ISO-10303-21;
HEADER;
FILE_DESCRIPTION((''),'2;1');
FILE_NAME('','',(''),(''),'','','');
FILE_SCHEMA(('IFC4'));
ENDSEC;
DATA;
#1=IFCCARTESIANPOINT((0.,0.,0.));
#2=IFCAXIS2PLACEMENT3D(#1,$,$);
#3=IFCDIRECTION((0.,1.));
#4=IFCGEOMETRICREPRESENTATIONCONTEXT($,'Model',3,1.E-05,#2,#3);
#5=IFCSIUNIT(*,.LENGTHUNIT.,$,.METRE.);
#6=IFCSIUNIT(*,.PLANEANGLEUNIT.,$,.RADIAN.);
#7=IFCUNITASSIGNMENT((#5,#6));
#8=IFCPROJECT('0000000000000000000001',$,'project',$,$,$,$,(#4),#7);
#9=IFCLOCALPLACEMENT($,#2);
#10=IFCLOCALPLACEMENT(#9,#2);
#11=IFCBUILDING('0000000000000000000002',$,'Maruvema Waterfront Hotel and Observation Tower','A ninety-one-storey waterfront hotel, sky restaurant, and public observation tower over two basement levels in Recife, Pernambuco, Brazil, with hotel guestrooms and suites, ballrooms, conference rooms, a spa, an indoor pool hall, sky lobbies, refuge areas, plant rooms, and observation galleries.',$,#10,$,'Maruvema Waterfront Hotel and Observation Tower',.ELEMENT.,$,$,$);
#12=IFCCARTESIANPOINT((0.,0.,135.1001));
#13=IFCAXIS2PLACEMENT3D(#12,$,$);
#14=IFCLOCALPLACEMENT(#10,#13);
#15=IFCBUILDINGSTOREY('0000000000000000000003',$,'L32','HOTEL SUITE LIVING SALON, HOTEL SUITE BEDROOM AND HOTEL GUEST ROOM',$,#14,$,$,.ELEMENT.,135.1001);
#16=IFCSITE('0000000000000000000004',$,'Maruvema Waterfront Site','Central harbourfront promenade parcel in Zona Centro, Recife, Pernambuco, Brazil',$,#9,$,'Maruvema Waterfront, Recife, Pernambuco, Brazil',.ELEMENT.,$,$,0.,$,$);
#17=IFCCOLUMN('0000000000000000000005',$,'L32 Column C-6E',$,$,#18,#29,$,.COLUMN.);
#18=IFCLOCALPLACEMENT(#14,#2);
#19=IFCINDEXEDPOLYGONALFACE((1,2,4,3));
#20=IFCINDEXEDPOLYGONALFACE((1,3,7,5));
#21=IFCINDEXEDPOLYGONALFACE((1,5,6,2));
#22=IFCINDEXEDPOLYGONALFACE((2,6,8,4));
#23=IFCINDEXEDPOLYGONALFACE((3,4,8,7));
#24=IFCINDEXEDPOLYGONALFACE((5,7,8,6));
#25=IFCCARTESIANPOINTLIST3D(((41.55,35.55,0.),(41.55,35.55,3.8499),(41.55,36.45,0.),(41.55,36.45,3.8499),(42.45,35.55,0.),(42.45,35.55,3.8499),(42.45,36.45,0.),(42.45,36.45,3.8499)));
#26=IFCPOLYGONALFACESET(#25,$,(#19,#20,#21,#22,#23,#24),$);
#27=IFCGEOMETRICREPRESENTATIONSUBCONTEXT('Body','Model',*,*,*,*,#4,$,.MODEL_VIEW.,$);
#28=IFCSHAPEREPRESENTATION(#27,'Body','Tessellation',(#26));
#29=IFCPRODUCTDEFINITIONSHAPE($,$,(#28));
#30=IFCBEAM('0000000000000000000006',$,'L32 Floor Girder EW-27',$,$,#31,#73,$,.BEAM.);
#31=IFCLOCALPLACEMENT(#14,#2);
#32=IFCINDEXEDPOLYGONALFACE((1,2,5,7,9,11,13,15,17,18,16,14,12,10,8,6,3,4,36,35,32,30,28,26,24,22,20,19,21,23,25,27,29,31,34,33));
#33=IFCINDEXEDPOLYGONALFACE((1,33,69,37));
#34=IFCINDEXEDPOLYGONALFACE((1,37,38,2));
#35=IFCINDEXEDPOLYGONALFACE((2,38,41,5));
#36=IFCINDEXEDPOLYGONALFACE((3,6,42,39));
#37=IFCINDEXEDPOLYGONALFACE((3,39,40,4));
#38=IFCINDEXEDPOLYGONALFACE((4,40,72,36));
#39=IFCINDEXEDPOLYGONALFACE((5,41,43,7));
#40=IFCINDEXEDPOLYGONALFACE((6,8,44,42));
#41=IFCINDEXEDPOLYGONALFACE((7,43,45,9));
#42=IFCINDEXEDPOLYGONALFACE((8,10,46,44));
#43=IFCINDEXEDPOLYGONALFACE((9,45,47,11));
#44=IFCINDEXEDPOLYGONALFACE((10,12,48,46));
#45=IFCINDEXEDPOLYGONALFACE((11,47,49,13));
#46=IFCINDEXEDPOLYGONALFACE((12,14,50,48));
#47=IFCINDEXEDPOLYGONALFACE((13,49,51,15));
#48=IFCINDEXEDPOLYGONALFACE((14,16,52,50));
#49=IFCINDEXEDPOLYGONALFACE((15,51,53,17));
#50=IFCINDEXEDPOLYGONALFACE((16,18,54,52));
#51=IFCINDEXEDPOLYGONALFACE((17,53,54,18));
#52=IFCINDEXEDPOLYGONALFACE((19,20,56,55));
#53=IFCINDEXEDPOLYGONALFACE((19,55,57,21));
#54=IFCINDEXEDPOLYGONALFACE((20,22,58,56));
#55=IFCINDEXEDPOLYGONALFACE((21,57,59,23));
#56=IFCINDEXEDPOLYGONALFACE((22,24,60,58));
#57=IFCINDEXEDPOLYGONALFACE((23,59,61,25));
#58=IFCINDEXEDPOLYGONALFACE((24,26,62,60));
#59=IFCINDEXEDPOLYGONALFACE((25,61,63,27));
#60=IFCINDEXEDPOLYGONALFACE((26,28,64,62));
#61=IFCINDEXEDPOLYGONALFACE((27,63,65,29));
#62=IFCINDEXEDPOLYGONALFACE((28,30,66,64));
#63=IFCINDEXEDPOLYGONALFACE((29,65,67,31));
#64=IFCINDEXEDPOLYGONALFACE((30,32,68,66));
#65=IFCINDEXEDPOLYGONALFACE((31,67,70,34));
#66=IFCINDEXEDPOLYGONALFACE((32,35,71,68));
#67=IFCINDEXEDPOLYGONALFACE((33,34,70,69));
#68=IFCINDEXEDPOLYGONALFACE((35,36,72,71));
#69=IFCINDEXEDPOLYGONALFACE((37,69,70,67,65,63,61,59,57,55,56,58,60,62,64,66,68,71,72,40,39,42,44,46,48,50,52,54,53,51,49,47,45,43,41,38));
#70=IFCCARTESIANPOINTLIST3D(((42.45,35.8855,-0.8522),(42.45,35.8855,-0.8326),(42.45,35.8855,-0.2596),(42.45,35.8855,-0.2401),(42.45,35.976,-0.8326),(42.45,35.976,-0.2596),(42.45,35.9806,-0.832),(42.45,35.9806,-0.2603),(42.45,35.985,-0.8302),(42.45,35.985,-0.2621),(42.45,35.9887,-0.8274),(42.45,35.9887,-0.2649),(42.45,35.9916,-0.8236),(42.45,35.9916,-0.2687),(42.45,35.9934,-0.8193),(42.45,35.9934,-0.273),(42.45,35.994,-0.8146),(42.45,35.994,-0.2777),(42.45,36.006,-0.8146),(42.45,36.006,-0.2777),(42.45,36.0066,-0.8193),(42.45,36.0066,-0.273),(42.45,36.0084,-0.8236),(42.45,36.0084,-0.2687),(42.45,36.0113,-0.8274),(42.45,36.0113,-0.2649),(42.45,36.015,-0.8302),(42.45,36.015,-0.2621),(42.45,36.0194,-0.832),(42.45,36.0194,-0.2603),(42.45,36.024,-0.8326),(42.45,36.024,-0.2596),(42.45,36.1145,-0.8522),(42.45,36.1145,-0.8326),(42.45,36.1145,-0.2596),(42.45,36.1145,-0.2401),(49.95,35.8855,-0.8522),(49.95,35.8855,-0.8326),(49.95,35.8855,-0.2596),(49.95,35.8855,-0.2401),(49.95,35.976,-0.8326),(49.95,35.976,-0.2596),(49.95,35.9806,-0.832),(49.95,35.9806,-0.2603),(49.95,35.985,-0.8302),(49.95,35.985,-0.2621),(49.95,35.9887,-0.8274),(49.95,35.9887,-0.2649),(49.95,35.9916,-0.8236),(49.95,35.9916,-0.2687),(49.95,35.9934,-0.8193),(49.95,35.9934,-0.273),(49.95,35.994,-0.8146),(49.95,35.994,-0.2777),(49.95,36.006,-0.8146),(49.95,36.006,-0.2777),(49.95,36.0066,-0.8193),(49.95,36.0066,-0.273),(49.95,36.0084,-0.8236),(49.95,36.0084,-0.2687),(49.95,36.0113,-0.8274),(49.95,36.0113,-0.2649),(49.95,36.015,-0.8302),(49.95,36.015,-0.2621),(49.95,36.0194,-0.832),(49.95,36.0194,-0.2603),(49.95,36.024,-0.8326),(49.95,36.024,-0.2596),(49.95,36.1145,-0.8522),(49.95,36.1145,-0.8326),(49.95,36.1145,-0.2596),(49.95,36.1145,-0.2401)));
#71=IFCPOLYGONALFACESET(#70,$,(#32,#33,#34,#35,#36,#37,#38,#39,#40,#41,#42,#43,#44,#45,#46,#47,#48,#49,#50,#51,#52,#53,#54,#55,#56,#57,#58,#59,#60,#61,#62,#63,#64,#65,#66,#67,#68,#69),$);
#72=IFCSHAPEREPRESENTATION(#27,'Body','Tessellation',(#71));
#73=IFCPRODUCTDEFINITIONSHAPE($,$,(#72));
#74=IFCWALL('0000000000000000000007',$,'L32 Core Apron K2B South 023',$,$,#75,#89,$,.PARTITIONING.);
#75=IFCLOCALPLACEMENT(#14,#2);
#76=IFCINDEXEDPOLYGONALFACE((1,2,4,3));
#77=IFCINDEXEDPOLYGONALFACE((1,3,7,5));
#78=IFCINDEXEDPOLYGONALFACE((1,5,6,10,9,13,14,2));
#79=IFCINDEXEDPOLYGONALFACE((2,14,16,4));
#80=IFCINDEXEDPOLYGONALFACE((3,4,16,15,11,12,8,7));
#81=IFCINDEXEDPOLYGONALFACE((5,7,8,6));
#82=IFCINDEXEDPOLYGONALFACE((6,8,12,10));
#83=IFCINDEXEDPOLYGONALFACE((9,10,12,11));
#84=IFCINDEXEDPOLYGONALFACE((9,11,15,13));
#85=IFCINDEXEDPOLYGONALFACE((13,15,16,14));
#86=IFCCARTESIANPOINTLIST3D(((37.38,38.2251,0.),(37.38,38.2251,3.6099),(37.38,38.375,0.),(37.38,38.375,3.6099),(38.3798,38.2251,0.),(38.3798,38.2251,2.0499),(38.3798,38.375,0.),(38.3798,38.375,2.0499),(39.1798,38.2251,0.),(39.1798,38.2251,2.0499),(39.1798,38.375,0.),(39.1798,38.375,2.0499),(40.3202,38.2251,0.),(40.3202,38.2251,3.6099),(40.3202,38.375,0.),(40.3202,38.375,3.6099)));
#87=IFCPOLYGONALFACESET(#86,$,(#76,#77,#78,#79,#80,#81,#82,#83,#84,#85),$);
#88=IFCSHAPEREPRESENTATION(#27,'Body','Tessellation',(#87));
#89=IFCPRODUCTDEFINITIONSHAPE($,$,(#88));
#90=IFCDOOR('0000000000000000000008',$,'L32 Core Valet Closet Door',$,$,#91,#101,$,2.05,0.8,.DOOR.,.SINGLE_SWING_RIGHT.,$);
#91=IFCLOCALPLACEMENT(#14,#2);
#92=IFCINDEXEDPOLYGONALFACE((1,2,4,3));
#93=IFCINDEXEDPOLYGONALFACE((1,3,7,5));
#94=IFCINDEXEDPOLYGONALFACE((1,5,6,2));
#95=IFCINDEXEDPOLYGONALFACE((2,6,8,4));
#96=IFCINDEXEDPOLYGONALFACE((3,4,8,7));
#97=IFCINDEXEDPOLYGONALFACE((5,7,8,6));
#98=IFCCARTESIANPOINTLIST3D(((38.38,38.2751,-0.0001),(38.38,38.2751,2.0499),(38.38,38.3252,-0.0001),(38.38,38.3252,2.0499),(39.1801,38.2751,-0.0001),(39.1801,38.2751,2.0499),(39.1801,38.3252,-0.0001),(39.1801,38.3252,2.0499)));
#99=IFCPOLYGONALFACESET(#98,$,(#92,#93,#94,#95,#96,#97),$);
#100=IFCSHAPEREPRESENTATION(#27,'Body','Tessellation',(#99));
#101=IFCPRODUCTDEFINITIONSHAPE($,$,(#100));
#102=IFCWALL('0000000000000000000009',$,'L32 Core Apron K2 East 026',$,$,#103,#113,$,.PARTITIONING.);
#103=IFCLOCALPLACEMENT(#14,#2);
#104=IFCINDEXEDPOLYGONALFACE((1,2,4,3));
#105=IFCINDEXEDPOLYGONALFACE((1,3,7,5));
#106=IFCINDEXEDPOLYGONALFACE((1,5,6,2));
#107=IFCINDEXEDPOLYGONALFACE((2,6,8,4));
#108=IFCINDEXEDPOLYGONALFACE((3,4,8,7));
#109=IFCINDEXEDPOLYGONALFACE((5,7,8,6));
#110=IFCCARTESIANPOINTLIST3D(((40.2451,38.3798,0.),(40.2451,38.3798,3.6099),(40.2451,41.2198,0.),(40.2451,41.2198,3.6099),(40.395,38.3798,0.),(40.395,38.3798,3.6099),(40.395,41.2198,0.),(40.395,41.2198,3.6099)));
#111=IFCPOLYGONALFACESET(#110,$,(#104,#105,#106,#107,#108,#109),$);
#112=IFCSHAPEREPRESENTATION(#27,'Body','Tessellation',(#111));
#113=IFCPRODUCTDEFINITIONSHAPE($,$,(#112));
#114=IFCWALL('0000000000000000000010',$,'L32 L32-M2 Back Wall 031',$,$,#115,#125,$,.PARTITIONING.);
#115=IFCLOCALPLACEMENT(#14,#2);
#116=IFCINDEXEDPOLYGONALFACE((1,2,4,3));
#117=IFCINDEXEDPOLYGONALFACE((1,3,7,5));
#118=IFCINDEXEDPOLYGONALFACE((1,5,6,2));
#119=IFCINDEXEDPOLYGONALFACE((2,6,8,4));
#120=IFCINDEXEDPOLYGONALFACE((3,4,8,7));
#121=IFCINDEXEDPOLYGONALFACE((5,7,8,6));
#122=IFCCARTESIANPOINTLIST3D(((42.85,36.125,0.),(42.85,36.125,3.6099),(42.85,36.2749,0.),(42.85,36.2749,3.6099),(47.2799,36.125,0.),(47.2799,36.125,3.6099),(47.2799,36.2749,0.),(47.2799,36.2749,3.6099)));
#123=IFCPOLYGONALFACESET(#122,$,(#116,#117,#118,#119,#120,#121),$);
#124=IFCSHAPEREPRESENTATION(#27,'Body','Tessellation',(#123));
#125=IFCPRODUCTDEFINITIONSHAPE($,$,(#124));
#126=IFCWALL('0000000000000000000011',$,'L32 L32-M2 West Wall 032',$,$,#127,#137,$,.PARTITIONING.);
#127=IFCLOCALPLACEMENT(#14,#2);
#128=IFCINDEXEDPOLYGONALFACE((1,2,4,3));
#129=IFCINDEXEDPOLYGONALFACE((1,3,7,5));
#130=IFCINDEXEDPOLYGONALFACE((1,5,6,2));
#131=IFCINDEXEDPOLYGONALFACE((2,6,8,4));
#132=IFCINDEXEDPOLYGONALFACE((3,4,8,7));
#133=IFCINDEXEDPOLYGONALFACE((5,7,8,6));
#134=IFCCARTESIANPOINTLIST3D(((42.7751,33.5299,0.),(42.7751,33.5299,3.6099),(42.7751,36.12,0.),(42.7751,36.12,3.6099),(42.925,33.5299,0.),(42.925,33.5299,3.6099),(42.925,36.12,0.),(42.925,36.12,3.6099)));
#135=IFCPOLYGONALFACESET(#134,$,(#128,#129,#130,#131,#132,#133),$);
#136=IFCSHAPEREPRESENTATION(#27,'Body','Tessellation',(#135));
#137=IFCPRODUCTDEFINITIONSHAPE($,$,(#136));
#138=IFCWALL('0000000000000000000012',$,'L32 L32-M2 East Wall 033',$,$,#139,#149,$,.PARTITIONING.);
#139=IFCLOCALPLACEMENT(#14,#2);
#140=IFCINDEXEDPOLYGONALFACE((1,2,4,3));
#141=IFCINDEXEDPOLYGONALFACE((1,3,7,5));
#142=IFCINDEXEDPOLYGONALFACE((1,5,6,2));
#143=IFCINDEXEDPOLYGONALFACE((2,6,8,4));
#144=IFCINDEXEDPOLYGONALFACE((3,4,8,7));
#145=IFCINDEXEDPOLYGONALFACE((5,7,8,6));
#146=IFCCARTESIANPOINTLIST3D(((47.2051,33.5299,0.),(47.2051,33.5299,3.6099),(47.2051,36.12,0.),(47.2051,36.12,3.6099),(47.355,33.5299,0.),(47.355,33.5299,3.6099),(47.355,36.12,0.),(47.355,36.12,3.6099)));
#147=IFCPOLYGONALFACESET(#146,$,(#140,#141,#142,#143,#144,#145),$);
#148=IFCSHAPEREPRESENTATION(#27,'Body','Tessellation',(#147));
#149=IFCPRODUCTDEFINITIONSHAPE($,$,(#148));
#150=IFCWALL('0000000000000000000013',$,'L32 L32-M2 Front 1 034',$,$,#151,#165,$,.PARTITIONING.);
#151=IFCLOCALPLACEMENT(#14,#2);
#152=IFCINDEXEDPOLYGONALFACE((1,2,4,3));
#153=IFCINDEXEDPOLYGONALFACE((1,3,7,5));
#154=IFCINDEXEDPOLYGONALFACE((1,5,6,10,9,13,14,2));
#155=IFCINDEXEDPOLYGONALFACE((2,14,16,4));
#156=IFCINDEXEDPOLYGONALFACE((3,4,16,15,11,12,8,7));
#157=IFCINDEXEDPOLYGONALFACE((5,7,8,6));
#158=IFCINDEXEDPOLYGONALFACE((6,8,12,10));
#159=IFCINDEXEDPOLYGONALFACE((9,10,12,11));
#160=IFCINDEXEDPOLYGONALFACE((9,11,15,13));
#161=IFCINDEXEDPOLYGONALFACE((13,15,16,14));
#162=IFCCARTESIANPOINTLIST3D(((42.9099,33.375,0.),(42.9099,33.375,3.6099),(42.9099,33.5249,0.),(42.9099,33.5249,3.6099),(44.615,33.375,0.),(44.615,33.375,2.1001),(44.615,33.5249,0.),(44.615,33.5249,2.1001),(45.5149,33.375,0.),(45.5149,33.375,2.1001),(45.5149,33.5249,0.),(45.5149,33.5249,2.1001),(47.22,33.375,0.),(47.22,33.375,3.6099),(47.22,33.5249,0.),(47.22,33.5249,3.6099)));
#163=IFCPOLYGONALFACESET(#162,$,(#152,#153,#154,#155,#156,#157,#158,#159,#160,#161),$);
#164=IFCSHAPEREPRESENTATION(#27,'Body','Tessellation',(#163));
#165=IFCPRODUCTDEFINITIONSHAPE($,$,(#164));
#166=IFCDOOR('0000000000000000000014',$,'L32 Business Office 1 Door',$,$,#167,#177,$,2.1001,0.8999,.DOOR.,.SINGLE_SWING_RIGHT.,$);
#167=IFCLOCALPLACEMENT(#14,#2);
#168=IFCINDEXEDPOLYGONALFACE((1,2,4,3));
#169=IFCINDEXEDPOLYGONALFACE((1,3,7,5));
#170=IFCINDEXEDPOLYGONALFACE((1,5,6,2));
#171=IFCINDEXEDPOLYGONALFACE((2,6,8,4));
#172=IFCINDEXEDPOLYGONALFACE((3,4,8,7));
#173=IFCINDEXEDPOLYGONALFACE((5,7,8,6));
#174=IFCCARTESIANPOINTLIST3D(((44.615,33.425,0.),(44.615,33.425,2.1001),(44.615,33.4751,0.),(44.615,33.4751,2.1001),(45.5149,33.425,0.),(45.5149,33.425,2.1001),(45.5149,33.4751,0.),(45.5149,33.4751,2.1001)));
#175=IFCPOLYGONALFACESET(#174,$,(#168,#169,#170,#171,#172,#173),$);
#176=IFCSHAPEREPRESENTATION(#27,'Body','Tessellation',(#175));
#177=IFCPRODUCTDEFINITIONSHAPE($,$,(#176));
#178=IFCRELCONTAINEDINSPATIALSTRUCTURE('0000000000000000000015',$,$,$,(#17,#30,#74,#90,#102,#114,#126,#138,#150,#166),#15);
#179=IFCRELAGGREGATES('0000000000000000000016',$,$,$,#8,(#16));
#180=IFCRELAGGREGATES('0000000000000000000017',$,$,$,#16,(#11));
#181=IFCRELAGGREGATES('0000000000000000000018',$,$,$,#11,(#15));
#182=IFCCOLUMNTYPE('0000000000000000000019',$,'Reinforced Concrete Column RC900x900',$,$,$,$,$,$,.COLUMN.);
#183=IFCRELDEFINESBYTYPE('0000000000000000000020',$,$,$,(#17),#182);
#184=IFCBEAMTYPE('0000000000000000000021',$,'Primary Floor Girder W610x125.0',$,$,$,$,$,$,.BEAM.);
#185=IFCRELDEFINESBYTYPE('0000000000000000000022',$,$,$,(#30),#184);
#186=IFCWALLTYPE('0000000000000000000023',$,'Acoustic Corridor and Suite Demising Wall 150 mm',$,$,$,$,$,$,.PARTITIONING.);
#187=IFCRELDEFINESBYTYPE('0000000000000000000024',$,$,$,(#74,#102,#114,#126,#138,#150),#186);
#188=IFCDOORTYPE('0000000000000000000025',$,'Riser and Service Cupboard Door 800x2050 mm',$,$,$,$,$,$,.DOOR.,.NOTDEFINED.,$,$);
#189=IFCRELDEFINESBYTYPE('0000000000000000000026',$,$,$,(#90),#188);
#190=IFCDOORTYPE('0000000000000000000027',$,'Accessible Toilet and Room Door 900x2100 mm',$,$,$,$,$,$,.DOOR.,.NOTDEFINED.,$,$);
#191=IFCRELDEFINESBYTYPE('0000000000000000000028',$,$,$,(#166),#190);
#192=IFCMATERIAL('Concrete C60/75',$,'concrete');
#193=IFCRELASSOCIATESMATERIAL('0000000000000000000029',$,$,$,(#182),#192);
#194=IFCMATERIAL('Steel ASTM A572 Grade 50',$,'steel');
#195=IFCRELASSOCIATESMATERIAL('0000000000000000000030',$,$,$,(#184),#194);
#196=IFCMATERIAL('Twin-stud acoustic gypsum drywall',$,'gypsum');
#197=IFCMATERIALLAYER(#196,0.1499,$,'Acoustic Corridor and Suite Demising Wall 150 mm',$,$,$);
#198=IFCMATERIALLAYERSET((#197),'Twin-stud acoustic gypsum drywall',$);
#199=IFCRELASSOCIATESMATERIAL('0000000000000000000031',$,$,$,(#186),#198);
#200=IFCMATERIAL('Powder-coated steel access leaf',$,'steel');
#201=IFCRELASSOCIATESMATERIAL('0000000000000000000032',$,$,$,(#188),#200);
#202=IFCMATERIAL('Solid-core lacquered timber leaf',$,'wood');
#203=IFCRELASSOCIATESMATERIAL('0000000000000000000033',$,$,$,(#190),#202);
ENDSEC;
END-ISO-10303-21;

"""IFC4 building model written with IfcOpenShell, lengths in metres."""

from ifc_helpers import new_model, si_unit, direction, frame, frame_2d, origin, origin_2d, place, context, subcontext, project, spatial, rectangle, i_section, extrude, material, layer, layer_set, material_profile, profile_set, type_object, element, fill, save


model = new_model("IFC4")

# Units and contexts
model_context = context("Model", 3, precision=1e-05, world=origin(), true_north=direction((0.0, 1.0)))
body_context = subcontext(model_context, "Body", "Model", "MODEL_VIEW")
ifc_project = project(units=[si_unit("LENGTHUNIT", "METRE"), si_unit("PLANEANGLEUNIT", "RADIAN")], contexts=[model_context])

# Site, building, storey
site_placement = place(None, origin())
site = spatial("IfcSite", under=ifc_project, at=site_placement, Name="Maruvema Waterfront Site", Description="Central harbourfront promenade parcel in Zona Centro, Recife, Pernambuco, Brazil", LongName="Maruvema Waterfront, Recife, Pernambuco, Brazil", CompositionType="ELEMENT", RefElevation=0.0)
building_placement = place(site_placement, origin())
building = spatial("IfcBuilding", under=site, at=building_placement, Name="Maruvema Waterfront Hotel and Observation Tower", Description="A ninety-one-storey waterfront hotel, sky restaurant, and public observation tower over two basement levels in Recife, Pernambuco, Brazil, with hotel guestrooms and suites, ballrooms, conference rooms, a spa, an indoor pool hall, sky lobbies, refuge areas, plant rooms, and observation galleries.", LongName="Maruvema Waterfront Hotel and Observation Tower", CompositionType="ELEMENT")
storey_placement = place(building_placement, frame((0.0, 0.0, 135.1001)))
storey = spatial("IfcBuildingStorey", under=building, at=storey_placement, Name="L32", Description="HOTEL SUITE LIVING SALON, HOTEL SUITE BEDROOM AND HOTEL GUEST ROOM", CompositionType="ELEMENT", Elevation=135.1001)

# Column
ifc_material_1 = material(Name="Concrete C60/75", Category="concrete")
ifc_material_profile_1 = material_profile(ifc_material_1, rectangle(XDim=0.8999, YDim=0.8999, at=origin_2d()), Name="RC900x900")
ifc_profile_set_1 = profile_set([ifc_material_profile_1], Name="Concrete C60/75")
column_type = type_object("IfcColumnType", Name="Reinforced Concrete Column RC900x900", PredefinedType="COLUMN", material=ifc_profile_set_1)
column_placement = place(storey_placement, frame((42.0, 36.0, 0.0), z_axis=(0.0, 0.0, 1.0), x_axis=(1.0, 0.0, 0.0)))
element("IfcColumn", 1, at=column_placement, inside=storey, type_object=column_type, Name="L32 Column C-6E", PredefinedType="COLUMN", context=body_context, shape_type="SweptSolid", body=[
    extrude(rectangle(XDim=0.8999, YDim=0.8999, at=origin_2d()), origin(), (0.0, 0.0, 1.0), 3.8499),
])

# Beam
ifc_material_2 = material(Name="Steel ASTM A572 Grade 50", Category="steel")
ifc_material_profile_2 = material_profile(ifc_material_2, i_section(OverallWidth=0.229, OverallDepth=0.6121, WebThickness=0.012, FlangeThickness=0.0195, FilletRadius=0.0181, at=origin_2d()), Name="W610x125.0")
ifc_profile_set_2 = profile_set([ifc_material_profile_2], Name="Steel ASTM A572 Grade 50")
beam_type = type_object("IfcBeamType", Name="Primary Floor Girder W610x125.0", PredefinedType="BEAM", material=ifc_profile_set_2)
beam_placement = place(storey_placement, frame((42.45, 36.0, -0.5461), z_axis=(1.0, 0.0, 0.0), x_axis=(0.0, 1.0, 0.0)))
element("IfcBeam", 2, at=beam_placement, inside=storey, type_object=beam_type, Name="L32 Floor Girder EW-27", PredefinedType="BEAM", context=body_context, shape_type="SweptSolid", body=[
    extrude(i_section(OverallWidth=0.229, OverallDepth=0.6121, WebThickness=0.012, FlangeThickness=0.0195, FilletRadius=0.0181, at=origin_2d()), origin(), (0.0, 0.0, 1.0), 7.5),
])

# Wall, opening, door
ifc_material_3 = material(Name="Twin-stud acoustic gypsum drywall", Category="gypsum")
ifc_layer_1 = layer(ifc_material_3, 0.1499, Name="Acoustic Corridor and Suite Demising Wall 150 mm")
ifc_layer_set_1 = layer_set([ifc_layer_1], Name="Twin-stud acoustic gypsum drywall")
wall_type_1 = type_object("IfcWallType", Name="Acoustic Corridor and Suite Demising Wall 150 mm", PredefinedType="PARTITIONING", material=ifc_layer_set_1)
wall_1_placement = place(storey_placement, frame((37.3799, 38.3, 0.0), z_axis=(0.0, 0.0, 1.0), x_axis=(1.0, 0.0, 0.0)))
wall_1 = element("IfcWall", 3, at=wall_1_placement, inside=storey, type_object=wall_type_1, Name="L32 Core Apron K2B South 023", PredefinedType="PARTITIONING", context=body_context, shape_type="SweptSolid", body=[
    extrude(rectangle(XDim=2.9402, YDim=0.1499, at=frame_2d((1.4702, 0.0))), origin(), (0.0, 0.0, 1.0), 3.6099),
])
opening_1_placement = place(wall_1_placement, frame((1.0, 0.0, 0.0)))
opening_1 = element("IfcOpeningElement", 4, at=opening_1_placement, cuts=wall_1, PredefinedType="OPENING", context=body_context, shape_type="SweptSolid", body=[
    extrude(rectangle(XDim=0.8, YDim=2.05, at=frame_2d((0.3999, 1.0249))), frame((0.0, 0.085, 0.0), z_axis=(0.0, -1.0, 0.0), x_axis=(1.0, 0.0, 0.0)), (0.0, 0.0, 1.0), 0.1699),
])
ifc_material_4 = material(Name="Powder-coated steel access leaf", Category="steel")
door_type_1 = type_object("IfcDoorType", Name="Riser and Service Cupboard Door 800x2050 mm", OperationType="NOTDEFINED", PredefinedType="DOOR", material=ifc_material_4)
door_1_placement = place(opening_1_placement, frame((0.8, 0.0, 0.0), z_axis=(0.0, 0.0, 1.0), x_axis=(-1.0, 0.0, 0.0)))
door_1 = element("IfcDoor", 5, at=door_1_placement, inside=storey, type_object=door_type_1, Name="L32 Core Valet Closet Door", OperationType="SINGLE_SWING_RIGHT", OverallHeight=2.05, OverallWidth=0.8, PredefinedType="DOOR", context=body_context, shape_type="SweptSolid", body=[
    extrude(rectangle(XDim=0.8, YDim=2.05, at=frame_2d((0.3999, 1.0249))), frame((0.0, 0.0249, 0.0), z_axis=(0.0, -1.0, 0.0), x_axis=(1.0, 0.0, 0.0)), (0.0, 0.0, 1.0), 0.05),
])
fill(opening_1, door_1)

# Walls
wall_2_placement = place(storey_placement, frame((40.3201, 38.3799, 0.0), z_axis=(0.0, 0.0, 1.0), x_axis=(0.0, 1.0, 0.0)))
element("IfcWall", 6, at=wall_2_placement, inside=storey, type_object=wall_type_1, Name="L32 Core Apron K2 East 026", PredefinedType="PARTITIONING", context=body_context, shape_type="SweptSolid", body=[
    extrude(rectangle(XDim=2.8401, YDim=0.1499, at=frame_2d((1.4199, 0.0))), origin(), (0.0, 0.0, 1.0), 3.6099),
])
wall_3_placement = place(storey_placement, frame((42.8501, 36.2, 0.0), z_axis=(0.0, 0.0, 1.0), x_axis=(1.0, 0.0, 0.0)))
element("IfcWall", 7, at=wall_3_placement, inside=storey, type_object=wall_type_1, Name="L32 L32-M2 Back Wall 031", PredefinedType="PARTITIONING", context=body_context, shape_type="SweptSolid", body=[
    extrude(rectangle(XDim=4.4299, YDim=0.1499, at=frame_2d((2.2148, 0.0))), origin(), (0.0, 0.0, 1.0), 3.6099),
])
for number, where, z_axis, x_axis, name in (
    (8, (42.8501, 33.53, 0.0), (0.0, 0.0, 1.0), (0.0, 1.0, 0.0), "L32 L32-M2 West Wall 032"),
    (9, (47.28, 33.53, 0.0), (0.0, 0.0, 1.0), (0.0, 1.0, 0.0), "L32 L32-M2 East Wall 033"),
):
    element("IfcWall", number, at=place(storey_placement, frame(where, z_axis=z_axis, x_axis=x_axis)), inside=storey, type_object=wall_type_1, Name=name, PredefinedType="PARTITIONING", context=body_context, shape_type="SweptSolid", body=[
        extrude(rectangle(XDim=2.5901, YDim=0.1499, at=frame_2d((1.2949, 0.0))), origin(), (0.0, 0.0, 1.0), 3.6099),
    ])

# Wall, opening, door
wall_4_placement = place(storey_placement, frame((42.9099, 33.45, 0.0), z_axis=(0.0, 0.0, 1.0), x_axis=(1.0, 0.0, 0.0)))
wall_4 = element("IfcWall", 10, at=wall_4_placement, inside=storey, type_object=wall_type_1, Name="L32 L32-M2 Front 1 034", PredefinedType="PARTITIONING", context=body_context, shape_type="SweptSolid", body=[
    extrude(rectangle(XDim=4.3101, YDim=0.1499, at=frame_2d((2.155, 0.0))), origin(), (0.0, 0.0, 1.0), 3.6099),
])
opening_2_placement = place(wall_4_placement, frame((1.7051, 0.0, 0.0)))
opening_2 = element("IfcOpeningElement", 11, at=opening_2_placement, cuts=wall_4, PredefinedType="OPENING", context=body_context, shape_type="SweptSolid", body=[
    extrude(rectangle(XDim=0.8999, YDim=2.1001, at=frame_2d((0.45, 1.05))), frame((0.0, 0.085, 0.0), z_axis=(0.0, -1.0, 0.0), x_axis=(1.0, 0.0, 0.0)), (0.0, 0.0, 1.0), 0.1699),
])
ifc_material_5 = material(Name="Solid-core lacquered timber leaf", Category="wood")
door_type_2 = type_object("IfcDoorType", Name="Accessible Toilet and Room Door 900x2100 mm", OperationType="NOTDEFINED", PredefinedType="DOOR", material=ifc_material_5)
door_2_placement = place(opening_2_placement, frame((0.8999, 0.0, 0.0), z_axis=(0.0, 0.0, 1.0), x_axis=(-1.0, 0.0, 0.0)))
door_2 = element("IfcDoor", 12, at=door_2_placement, inside=storey, type_object=door_type_2, Name="L32 Business Office 1 Door", OperationType="SINGLE_SWING_RIGHT", OverallHeight=2.1001, OverallWidth=0.8999, PredefinedType="DOOR", context=body_context, shape_type="SweptSolid", body=[
    extrude(rectangle(XDim=0.8999, YDim=2.1001, at=frame_2d((0.45, 1.05))), frame((0.0, 0.0249, 0.0), z_axis=(0.0, -1.0, 0.0), x_axis=(1.0, 0.0, 0.0)), (0.0, 0.0, 1.0), 0.05),
])
fill(opening_2, door_2)

save(model, "model.ifc")
